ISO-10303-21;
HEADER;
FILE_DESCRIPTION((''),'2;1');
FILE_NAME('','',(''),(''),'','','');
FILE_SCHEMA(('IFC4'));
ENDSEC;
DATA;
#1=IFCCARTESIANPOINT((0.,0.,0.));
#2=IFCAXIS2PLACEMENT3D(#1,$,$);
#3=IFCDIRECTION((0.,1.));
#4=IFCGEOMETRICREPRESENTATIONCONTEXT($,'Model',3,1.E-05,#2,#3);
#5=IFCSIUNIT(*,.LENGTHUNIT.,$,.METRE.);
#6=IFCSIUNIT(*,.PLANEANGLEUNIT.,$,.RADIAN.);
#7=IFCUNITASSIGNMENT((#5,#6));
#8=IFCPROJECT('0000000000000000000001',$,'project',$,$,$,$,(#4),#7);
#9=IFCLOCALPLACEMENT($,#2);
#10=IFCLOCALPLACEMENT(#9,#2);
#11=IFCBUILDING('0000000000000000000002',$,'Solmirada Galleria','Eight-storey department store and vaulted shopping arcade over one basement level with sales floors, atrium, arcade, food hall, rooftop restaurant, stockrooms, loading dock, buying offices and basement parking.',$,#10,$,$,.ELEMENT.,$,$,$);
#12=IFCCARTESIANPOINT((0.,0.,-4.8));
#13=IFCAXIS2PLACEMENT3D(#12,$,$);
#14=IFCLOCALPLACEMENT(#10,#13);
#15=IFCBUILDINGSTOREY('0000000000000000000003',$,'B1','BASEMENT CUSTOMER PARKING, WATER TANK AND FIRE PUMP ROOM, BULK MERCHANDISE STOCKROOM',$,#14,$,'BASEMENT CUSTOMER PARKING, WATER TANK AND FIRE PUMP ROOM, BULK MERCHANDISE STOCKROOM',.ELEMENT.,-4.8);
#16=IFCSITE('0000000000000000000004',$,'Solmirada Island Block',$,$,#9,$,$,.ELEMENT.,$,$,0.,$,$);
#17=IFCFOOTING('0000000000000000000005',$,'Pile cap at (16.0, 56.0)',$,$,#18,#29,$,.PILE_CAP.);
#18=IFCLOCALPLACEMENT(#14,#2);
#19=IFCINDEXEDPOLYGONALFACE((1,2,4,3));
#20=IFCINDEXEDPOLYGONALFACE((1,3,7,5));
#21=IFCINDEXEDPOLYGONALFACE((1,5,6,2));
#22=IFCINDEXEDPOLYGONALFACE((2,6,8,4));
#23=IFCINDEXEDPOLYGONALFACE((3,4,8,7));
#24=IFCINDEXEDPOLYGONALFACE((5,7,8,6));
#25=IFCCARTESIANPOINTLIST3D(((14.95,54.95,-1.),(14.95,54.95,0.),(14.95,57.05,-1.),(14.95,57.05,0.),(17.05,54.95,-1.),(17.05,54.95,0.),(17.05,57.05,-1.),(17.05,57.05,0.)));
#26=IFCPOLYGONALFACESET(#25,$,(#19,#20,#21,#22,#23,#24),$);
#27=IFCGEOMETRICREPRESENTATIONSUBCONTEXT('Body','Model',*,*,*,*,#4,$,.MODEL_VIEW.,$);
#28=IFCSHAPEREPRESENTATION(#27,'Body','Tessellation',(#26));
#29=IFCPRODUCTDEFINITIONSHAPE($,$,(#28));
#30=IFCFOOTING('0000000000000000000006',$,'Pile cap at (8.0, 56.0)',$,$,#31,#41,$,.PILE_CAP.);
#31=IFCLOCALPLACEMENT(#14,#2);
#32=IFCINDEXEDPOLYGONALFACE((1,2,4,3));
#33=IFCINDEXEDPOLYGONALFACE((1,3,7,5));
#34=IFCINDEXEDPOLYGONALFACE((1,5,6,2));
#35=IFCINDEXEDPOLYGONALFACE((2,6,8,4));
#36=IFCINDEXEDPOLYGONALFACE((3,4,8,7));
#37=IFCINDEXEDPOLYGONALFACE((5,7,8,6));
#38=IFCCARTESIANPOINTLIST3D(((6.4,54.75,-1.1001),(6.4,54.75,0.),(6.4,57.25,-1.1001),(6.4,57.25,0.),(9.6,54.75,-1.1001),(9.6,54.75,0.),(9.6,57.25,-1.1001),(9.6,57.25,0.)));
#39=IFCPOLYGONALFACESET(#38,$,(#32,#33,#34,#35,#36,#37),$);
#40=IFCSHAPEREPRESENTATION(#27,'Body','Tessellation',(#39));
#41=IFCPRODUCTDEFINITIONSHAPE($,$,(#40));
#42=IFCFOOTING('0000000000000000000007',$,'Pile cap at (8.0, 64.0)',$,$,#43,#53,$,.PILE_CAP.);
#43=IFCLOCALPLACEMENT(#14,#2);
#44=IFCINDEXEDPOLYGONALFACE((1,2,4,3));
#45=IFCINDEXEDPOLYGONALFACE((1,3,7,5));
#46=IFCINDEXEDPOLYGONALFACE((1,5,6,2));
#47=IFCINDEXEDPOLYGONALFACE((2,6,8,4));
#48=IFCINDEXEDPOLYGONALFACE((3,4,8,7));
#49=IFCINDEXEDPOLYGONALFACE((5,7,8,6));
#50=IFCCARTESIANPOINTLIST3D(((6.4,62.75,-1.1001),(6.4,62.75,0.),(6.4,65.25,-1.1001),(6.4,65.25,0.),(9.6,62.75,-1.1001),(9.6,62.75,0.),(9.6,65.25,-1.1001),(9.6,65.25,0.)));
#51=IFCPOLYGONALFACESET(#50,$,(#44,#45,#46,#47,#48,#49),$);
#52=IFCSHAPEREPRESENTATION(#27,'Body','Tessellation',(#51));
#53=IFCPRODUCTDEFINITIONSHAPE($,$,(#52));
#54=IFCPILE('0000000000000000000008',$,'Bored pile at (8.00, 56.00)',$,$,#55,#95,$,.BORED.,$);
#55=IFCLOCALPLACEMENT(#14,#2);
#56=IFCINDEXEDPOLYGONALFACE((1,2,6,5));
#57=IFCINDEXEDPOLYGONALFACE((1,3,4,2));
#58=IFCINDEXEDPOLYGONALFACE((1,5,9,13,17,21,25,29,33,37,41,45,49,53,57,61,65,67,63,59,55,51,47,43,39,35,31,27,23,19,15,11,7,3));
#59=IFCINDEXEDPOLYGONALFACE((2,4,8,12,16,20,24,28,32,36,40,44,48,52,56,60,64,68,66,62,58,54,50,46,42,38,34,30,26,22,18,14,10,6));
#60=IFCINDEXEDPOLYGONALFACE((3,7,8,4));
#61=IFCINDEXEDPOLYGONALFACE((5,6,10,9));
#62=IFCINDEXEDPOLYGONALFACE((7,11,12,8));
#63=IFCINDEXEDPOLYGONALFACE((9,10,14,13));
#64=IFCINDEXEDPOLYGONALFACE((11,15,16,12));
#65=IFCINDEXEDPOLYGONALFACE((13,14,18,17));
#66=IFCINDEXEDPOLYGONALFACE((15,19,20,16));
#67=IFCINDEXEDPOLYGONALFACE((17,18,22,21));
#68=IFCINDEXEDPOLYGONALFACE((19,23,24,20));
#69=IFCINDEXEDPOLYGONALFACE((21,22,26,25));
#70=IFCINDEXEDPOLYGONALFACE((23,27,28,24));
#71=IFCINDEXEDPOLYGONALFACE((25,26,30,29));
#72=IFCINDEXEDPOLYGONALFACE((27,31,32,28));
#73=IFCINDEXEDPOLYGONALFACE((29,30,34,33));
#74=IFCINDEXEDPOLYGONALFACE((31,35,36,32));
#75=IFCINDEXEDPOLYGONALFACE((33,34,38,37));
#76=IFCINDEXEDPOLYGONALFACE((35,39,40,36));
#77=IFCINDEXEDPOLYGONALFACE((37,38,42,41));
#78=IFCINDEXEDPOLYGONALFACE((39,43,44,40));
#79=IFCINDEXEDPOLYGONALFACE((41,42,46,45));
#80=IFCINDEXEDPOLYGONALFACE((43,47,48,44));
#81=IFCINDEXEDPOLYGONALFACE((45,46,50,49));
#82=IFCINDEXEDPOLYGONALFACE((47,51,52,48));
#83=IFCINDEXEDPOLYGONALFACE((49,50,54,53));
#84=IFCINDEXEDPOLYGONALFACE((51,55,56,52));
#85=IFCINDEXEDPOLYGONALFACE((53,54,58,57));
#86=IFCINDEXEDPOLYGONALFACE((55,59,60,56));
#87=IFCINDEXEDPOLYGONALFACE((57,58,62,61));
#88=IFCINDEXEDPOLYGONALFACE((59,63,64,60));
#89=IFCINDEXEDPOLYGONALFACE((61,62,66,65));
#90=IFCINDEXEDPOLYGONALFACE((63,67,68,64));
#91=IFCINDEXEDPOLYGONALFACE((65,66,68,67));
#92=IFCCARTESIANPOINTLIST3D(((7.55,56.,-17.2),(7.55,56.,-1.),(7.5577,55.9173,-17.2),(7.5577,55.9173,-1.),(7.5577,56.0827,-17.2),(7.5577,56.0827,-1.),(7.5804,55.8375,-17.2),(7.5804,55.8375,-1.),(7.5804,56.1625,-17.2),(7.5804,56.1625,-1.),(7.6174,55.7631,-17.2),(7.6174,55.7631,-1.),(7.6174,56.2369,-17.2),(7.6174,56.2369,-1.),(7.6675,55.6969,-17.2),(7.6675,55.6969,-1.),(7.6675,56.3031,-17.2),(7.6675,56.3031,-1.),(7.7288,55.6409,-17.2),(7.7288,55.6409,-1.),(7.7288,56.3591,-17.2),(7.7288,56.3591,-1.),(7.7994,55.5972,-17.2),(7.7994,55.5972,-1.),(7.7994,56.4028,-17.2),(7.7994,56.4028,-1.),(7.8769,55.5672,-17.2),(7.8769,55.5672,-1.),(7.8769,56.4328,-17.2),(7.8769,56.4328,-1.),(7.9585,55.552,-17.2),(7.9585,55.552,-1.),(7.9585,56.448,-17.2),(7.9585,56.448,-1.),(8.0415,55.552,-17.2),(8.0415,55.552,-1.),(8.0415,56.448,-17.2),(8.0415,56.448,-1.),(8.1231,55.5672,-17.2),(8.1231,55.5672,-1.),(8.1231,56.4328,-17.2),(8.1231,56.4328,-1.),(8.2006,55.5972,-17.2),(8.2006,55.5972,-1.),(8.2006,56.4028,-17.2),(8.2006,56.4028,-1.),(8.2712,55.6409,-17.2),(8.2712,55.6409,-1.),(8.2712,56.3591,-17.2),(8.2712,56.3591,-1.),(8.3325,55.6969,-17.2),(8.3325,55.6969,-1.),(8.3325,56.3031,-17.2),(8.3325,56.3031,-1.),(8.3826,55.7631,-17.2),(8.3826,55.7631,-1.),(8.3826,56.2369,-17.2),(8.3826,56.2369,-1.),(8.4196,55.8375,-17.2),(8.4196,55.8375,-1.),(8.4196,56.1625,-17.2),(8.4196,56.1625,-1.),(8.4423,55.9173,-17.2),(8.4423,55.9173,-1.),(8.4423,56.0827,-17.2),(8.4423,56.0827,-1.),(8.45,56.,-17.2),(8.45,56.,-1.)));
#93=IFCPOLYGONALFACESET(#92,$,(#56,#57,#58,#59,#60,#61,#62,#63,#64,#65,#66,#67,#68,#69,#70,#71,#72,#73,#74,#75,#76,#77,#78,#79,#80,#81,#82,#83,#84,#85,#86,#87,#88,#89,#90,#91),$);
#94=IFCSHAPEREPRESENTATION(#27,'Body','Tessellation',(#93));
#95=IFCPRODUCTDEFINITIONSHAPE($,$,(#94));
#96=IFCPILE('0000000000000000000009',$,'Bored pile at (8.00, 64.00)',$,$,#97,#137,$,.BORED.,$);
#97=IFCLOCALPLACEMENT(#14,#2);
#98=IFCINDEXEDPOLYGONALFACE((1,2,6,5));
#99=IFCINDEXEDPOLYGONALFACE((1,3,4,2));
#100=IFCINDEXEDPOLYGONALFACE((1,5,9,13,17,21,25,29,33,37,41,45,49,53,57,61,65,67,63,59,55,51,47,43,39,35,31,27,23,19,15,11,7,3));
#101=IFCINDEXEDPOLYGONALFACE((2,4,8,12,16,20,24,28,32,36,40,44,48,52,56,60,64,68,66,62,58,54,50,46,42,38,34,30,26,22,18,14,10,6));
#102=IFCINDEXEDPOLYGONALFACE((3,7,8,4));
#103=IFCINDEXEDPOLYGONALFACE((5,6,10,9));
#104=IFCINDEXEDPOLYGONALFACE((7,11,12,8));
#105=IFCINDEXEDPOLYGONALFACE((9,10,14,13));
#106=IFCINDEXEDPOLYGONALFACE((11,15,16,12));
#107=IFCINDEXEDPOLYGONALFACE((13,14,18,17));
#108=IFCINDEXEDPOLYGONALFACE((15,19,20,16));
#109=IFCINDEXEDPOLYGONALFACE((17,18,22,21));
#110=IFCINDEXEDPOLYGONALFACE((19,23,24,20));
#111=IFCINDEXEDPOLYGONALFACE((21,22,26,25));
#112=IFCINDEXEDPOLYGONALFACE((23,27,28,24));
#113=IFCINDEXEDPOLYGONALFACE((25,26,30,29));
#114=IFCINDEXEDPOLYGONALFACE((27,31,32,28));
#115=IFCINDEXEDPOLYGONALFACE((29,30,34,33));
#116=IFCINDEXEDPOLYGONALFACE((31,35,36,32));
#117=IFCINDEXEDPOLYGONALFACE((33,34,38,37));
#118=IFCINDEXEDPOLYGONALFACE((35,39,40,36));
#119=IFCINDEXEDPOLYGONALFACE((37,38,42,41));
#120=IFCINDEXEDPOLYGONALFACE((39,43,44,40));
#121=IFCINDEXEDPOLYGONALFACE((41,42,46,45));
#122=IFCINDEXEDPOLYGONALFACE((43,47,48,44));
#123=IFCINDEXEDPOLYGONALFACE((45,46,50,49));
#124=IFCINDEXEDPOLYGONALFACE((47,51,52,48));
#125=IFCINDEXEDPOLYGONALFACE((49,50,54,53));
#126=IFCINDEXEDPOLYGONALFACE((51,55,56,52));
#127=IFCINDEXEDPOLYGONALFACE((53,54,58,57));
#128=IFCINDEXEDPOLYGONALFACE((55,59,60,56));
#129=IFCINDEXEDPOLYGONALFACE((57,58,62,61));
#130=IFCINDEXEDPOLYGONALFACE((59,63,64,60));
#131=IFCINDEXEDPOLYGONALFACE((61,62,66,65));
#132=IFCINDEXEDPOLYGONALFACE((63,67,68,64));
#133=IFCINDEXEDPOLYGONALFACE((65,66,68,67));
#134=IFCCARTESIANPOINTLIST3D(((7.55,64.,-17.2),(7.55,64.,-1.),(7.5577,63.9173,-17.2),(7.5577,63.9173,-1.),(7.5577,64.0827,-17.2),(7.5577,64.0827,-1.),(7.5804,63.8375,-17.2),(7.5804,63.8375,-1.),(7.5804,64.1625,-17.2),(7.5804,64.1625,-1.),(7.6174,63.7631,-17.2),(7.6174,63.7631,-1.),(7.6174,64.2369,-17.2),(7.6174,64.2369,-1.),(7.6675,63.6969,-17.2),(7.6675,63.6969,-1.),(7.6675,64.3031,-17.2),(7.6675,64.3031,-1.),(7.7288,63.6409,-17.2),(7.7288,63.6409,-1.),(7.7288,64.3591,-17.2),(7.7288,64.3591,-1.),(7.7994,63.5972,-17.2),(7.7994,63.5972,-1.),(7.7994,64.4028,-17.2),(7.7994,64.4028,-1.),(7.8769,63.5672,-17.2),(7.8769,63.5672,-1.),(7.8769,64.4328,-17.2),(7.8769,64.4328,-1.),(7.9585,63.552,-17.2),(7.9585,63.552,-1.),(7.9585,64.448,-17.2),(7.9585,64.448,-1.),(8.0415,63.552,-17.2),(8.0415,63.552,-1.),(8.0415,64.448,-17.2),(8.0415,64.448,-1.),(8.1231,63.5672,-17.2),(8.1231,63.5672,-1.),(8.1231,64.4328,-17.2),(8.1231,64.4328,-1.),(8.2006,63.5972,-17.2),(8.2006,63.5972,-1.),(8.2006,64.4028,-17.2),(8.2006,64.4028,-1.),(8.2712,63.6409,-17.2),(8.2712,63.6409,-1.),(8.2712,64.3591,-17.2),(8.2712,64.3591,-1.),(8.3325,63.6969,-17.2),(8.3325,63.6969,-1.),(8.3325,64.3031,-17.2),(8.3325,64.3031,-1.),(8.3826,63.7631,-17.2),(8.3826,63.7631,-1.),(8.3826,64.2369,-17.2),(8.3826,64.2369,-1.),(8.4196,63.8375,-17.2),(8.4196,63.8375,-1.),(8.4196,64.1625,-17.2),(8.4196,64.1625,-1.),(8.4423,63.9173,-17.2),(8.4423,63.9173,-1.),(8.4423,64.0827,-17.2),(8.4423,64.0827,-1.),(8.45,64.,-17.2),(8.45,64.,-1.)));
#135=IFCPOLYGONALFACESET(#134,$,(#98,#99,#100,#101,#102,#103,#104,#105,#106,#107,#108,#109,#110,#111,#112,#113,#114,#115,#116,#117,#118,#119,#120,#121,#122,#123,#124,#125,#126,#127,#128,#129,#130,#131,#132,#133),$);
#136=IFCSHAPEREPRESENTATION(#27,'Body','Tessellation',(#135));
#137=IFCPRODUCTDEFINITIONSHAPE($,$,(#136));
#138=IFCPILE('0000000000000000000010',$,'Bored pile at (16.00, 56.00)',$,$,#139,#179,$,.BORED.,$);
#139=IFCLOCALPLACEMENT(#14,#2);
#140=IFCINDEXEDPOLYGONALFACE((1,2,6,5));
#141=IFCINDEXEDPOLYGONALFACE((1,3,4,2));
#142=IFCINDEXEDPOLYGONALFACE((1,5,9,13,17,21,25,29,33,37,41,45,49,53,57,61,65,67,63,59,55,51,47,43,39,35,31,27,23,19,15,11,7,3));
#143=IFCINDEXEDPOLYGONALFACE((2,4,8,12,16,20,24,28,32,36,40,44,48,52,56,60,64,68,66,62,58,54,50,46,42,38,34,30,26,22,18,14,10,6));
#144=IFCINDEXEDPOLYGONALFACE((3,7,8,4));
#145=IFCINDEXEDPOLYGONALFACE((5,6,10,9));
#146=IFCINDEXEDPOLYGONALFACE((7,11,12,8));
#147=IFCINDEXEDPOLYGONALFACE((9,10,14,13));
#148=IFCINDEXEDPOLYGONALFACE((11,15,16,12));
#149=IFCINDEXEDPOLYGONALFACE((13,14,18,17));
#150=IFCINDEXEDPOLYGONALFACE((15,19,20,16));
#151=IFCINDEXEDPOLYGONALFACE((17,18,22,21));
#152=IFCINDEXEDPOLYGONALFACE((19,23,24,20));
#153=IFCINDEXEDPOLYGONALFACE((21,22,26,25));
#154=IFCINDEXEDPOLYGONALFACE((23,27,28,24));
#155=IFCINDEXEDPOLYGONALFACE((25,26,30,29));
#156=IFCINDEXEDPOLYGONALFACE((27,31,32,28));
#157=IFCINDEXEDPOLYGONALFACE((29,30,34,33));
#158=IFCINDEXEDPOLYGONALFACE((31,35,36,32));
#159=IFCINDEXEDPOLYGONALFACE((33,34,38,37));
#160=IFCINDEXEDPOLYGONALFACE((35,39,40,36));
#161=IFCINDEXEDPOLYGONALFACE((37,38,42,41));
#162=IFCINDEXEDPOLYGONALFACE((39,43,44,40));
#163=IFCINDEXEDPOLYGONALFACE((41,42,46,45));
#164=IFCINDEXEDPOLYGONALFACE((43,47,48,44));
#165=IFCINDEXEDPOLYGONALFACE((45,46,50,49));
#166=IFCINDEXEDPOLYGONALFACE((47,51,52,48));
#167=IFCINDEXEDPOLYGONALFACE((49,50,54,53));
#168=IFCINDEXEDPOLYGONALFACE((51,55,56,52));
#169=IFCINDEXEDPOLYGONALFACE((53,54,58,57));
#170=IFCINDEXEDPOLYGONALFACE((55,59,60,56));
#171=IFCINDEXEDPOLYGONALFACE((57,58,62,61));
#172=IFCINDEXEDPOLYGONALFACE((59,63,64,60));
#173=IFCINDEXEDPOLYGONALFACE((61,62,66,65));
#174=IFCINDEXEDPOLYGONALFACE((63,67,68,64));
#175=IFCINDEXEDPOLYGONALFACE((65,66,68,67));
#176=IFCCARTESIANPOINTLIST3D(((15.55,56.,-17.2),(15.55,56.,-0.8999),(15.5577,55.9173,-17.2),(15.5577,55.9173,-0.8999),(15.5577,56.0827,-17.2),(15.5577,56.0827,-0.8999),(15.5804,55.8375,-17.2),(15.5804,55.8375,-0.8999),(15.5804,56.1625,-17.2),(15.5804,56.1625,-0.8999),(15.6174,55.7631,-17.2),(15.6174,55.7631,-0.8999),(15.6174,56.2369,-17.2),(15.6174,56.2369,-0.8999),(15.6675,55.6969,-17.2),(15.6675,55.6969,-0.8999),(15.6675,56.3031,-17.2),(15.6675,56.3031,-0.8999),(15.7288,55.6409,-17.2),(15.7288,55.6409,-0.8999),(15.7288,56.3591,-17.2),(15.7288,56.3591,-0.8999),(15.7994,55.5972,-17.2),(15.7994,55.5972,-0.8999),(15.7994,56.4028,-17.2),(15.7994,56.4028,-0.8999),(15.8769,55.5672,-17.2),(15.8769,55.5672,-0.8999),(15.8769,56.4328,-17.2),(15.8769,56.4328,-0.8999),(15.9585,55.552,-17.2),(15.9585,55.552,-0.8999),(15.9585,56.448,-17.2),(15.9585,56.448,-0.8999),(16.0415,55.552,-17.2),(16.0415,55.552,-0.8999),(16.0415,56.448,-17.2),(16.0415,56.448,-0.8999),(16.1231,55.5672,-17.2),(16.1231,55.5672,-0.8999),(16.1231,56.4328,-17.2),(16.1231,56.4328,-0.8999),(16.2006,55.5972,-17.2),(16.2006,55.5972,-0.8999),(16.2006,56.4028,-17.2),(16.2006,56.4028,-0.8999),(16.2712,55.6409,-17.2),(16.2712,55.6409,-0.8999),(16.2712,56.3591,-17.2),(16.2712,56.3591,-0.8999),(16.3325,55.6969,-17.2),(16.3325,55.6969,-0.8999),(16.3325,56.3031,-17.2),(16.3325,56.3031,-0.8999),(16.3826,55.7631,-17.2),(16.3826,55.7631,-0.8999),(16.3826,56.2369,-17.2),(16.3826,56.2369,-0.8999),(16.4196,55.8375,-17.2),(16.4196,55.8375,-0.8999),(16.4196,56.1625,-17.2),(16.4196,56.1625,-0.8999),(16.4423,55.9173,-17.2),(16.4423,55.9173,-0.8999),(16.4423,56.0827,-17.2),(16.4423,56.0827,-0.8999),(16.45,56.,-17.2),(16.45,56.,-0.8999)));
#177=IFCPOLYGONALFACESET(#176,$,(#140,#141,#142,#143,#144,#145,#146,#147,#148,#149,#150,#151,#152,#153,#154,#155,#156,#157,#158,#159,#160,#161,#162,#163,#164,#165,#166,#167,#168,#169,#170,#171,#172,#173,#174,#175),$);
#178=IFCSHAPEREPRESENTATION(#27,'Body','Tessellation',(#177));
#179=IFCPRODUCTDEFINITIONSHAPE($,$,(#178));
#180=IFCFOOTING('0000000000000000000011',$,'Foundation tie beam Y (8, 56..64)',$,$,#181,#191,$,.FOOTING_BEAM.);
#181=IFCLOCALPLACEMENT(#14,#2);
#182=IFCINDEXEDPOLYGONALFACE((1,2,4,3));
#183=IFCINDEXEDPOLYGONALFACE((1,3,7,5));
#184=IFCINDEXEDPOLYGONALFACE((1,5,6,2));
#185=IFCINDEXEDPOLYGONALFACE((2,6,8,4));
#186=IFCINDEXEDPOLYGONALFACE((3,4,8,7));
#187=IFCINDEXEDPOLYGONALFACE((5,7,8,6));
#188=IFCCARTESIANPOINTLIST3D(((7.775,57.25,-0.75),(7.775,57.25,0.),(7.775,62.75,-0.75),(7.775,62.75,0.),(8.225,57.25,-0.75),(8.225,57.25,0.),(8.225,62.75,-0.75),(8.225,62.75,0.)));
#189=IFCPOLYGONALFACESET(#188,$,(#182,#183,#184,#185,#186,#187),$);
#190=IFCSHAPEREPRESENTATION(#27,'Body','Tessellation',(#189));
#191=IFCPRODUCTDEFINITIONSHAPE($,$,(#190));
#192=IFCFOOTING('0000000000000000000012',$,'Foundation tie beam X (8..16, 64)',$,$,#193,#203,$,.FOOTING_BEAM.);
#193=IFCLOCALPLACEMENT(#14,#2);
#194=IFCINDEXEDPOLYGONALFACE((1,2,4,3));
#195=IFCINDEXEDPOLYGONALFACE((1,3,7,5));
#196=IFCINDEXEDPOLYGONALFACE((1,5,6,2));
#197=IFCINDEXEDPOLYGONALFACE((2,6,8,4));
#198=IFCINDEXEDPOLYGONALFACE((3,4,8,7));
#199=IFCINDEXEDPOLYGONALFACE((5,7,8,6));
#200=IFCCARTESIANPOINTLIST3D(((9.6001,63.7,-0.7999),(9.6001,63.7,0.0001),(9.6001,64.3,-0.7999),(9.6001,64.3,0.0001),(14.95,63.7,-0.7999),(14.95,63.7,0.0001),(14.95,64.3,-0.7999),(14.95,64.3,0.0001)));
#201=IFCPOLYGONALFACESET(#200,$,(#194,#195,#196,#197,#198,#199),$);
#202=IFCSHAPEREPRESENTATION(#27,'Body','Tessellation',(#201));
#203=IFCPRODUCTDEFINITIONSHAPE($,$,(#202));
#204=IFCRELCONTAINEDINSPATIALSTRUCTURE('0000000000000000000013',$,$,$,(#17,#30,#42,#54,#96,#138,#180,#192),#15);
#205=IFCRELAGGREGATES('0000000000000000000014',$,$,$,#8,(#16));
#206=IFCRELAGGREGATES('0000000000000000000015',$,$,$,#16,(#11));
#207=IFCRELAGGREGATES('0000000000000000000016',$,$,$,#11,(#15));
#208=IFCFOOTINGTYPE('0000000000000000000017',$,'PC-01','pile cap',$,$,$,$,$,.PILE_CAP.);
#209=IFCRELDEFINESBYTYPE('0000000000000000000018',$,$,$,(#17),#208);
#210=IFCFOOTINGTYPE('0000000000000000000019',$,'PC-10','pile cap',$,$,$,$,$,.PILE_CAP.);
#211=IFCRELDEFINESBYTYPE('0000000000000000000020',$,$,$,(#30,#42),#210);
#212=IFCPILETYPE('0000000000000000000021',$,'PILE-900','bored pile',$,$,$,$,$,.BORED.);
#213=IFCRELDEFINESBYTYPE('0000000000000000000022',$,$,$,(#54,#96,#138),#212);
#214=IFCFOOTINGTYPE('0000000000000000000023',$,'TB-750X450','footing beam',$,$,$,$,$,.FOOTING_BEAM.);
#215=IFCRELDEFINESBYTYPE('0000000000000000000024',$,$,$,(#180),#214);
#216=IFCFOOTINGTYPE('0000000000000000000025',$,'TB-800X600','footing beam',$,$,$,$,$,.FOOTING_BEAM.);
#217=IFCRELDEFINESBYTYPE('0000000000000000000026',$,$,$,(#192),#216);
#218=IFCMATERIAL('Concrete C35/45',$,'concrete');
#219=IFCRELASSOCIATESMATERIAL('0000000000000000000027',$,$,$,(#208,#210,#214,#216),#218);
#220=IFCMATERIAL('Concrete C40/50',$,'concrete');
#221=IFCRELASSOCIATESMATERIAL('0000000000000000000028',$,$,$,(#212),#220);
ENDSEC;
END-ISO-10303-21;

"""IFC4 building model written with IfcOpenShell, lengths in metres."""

from ifc_helpers import new_model, si_unit, direction, frame, origin, origin_2d, place, context, subcontext, project, spatial, rectangle, circle, extrude, material, material_profile, profile_set, type_object, element, save


model = new_model("IFC4")

# Units and contexts
model_context = context("Model", 3, precision=1e-05, world=origin(), true_north=direction((0.0, 1.0)))
body_context = subcontext(model_context, "Body", "Model", "MODEL_VIEW")
ifc_project = project(units=[si_unit("LENGTHUNIT", "METRE"), si_unit("PLANEANGLEUNIT", "RADIAN")], contexts=[model_context])

# Site, building, storey
site_placement = place(None, origin())
site = spatial("IfcSite", under=ifc_project, at=site_placement, Name="Solmirada Island Block", CompositionType="ELEMENT", RefElevation=0.0)
building_placement = place(site_placement, origin())
building = spatial("IfcBuilding", under=site, at=building_placement, Name="Solmirada Galleria", Description="Eight-storey department store and vaulted shopping arcade over one basement level with sales floors, atrium, arcade, food hall, rooftop restaurant, stockrooms, loading dock, buying offices and basement parking.", CompositionType="ELEMENT")
storey_placement = place(building_placement, frame((0.0, 0.0, -4.8)))
storey = spatial("IfcBuildingStorey", under=building, at=storey_placement, Name="B1", Description="BASEMENT CUSTOMER PARKING, WATER TANK AND FIRE PUMP ROOM, BULK MERCHANDISE STOCKROOM", LongName="BASEMENT CUSTOMER PARKING, WATER TANK AND FIRE PUMP ROOM, BULK MERCHANDISE STOCKROOM", CompositionType="ELEMENT", Elevation=-4.8)

# Footings
ifc_material_1 = material(Name="Concrete C35/45", Category="concrete")
footing_type_1 = type_object("IfcFootingType", Name="PC-01", Description="pile cap", PredefinedType="PILE_CAP", material=ifc_material_1)
footing_1_placement = place(storey_placement, frame((16.0, 56.0, -1.0), z_axis=(0.0, 0.0, 1.0), x_axis=(1.0, 0.0, 0.0)))
element("IfcFooting", 1, at=footing_1_placement, inside=storey, type_object=footing_type_1, Name="Pile cap at (16.0, 56.0)", PredefinedType="PILE_CAP", context=body_context, shape_type="SweptSolid", body=[
    extrude(rectangle(XDim=2.1001, YDim=2.1001, at=origin_2d()), origin(), (0.0, 0.0, 1.0), 1.0),
])
footing_type_2 = type_object("IfcFootingType", Name="PC-10", Description="pile cap", PredefinedType="PILE_CAP", material=ifc_material_1)
for number, where, z_axis, x_axis, name in (
    (2, (8.0, 56.0, -1.1001), (0.0, 0.0, 1.0), (1.0, 0.0, 0.0), "Pile cap at (8.0, 56.0)"),
    (3, (8.0, 64.0, -1.1001), (0.0, 0.0, 1.0), (1.0, 0.0, 0.0), "Pile cap at (8.0, 64.0)"),
):
    element("IfcFooting", number, at=place(storey_placement, frame(where, z_axis=z_axis, x_axis=x_axis)), inside=storey, type_object=footing_type_2, Name=name, PredefinedType="PILE_CAP", context=body_context, shape_type="SweptSolid", body=[
        extrude(rectangle(XDim=3.2, YDim=2.5, at=origin_2d()), origin(), (0.0, 0.0, 1.0), 1.1001),
    ])

# Piles
ifc_material_2 = material(Name="Concrete C40/50", Category="concrete")
ifc_material_profile_1 = material_profile(ifc_material_2, circle(Radius=0.45, at=origin_2d()), Name="PILE900")
ifc_profile_set_1 = profile_set([ifc_material_profile_1], Name="Concrete C40/50")
pile_type = type_object("IfcPileType", Name="PILE-900", Description="bored pile", PredefinedType="BORED", material=ifc_profile_set_1)
for number, where, z_axis, x_axis, name in (
    (4, (8.0, 56.0, -1.0), (0.0, 0.0, -1.0), (1.0, 0.0, 0.0), "Bored pile at (8.00, 56.00)"),
    (5, (8.0, 64.0, -1.0), (0.0, 0.0, -1.0), (1.0, 0.0, 0.0), "Bored pile at (8.00, 64.00)"),
):
    element("IfcPile", number, at=place(storey_placement, frame(where, z_axis=z_axis, x_axis=x_axis)), inside=storey, type_object=pile_type, Name=name, PredefinedType="BORED", context=body_context, shape_type="SweptSolid", body=[
        extrude(circle(Radius=0.45, at=origin_2d()), origin(), (0.0, 0.0, 1.0), 16.2),
    ])
pile_placement = place(storey_placement, frame((16.0, 56.0, -0.8999), z_axis=(0.0, 0.0, -1.0), x_axis=(1.0, 0.0, 0.0)))
element("IfcPile", 6, at=pile_placement, inside=storey, type_object=pile_type, Name="Bored pile at (16.00, 56.00)", PredefinedType="BORED", context=body_context, shape_type="SweptSolid", body=[
    extrude(circle(Radius=0.45, at=origin_2d()), origin(), (0.0, 0.0, 1.0), 16.3),
])

# Footings
ifc_material_profile_2 = material_profile(ifc_material_1, rectangle(XDim=0.45, YDim=0.75, at=origin_2d()), Name="RC750X450")
ifc_profile_set_2 = profile_set([ifc_material_profile_2], Name="Concrete C35/45")
footing_type_3 = type_object("IfcFootingType", Name="TB-750X450", Description="footing beam", PredefinedType="FOOTING_BEAM", material=ifc_profile_set_2)
footing_2_placement = place(storey_placement, frame((8.0, 57.25, -0.375), z_axis=(0.0, 1.0, 0.0), x_axis=(-1.0, 0.0, 0.0)))
element("IfcFooting", 7, at=footing_2_placement, inside=storey, type_object=footing_type_3, Name="Foundation tie beam Y (8, 56..64)", PredefinedType="FOOTING_BEAM", context=body_context, shape_type="SweptSolid", body=[
    extrude(rectangle(XDim=0.45, YDim=0.75, at=origin_2d()), origin(), (0.0, 0.0, 1.0), 5.5),
])
ifc_material_profile_3 = material_profile(ifc_material_1, rectangle(XDim=0.6001, YDim=0.8, at=origin_2d()), Name="RC800X600")
ifc_profile_set_3 = profile_set([ifc_material_profile_3], Name="Concrete C35/45")
footing_type_4 = type_object("IfcFootingType", Name="TB-800X600", Description="footing beam", PredefinedType="FOOTING_BEAM", material=ifc_profile_set_3)
footing_3_placement = place(storey_placement, frame((9.6001, 64.0, -0.3999), z_axis=(1.0, 0.0, 0.0), x_axis=(0.0, 1.0, 0.0)))
element("IfcFooting", 8, at=footing_3_placement, inside=storey, type_object=footing_type_4, Name="Foundation tie beam X (8..16, 64)", PredefinedType="FOOTING_BEAM", context=body_context, shape_type="SweptSolid", body=[
    extrude(rectangle(XDim=0.6001, YDim=0.8, at=origin_2d()), origin(), (0.0, 0.0, 1.0), 5.3499),
])

save(model, "model.ifc")
